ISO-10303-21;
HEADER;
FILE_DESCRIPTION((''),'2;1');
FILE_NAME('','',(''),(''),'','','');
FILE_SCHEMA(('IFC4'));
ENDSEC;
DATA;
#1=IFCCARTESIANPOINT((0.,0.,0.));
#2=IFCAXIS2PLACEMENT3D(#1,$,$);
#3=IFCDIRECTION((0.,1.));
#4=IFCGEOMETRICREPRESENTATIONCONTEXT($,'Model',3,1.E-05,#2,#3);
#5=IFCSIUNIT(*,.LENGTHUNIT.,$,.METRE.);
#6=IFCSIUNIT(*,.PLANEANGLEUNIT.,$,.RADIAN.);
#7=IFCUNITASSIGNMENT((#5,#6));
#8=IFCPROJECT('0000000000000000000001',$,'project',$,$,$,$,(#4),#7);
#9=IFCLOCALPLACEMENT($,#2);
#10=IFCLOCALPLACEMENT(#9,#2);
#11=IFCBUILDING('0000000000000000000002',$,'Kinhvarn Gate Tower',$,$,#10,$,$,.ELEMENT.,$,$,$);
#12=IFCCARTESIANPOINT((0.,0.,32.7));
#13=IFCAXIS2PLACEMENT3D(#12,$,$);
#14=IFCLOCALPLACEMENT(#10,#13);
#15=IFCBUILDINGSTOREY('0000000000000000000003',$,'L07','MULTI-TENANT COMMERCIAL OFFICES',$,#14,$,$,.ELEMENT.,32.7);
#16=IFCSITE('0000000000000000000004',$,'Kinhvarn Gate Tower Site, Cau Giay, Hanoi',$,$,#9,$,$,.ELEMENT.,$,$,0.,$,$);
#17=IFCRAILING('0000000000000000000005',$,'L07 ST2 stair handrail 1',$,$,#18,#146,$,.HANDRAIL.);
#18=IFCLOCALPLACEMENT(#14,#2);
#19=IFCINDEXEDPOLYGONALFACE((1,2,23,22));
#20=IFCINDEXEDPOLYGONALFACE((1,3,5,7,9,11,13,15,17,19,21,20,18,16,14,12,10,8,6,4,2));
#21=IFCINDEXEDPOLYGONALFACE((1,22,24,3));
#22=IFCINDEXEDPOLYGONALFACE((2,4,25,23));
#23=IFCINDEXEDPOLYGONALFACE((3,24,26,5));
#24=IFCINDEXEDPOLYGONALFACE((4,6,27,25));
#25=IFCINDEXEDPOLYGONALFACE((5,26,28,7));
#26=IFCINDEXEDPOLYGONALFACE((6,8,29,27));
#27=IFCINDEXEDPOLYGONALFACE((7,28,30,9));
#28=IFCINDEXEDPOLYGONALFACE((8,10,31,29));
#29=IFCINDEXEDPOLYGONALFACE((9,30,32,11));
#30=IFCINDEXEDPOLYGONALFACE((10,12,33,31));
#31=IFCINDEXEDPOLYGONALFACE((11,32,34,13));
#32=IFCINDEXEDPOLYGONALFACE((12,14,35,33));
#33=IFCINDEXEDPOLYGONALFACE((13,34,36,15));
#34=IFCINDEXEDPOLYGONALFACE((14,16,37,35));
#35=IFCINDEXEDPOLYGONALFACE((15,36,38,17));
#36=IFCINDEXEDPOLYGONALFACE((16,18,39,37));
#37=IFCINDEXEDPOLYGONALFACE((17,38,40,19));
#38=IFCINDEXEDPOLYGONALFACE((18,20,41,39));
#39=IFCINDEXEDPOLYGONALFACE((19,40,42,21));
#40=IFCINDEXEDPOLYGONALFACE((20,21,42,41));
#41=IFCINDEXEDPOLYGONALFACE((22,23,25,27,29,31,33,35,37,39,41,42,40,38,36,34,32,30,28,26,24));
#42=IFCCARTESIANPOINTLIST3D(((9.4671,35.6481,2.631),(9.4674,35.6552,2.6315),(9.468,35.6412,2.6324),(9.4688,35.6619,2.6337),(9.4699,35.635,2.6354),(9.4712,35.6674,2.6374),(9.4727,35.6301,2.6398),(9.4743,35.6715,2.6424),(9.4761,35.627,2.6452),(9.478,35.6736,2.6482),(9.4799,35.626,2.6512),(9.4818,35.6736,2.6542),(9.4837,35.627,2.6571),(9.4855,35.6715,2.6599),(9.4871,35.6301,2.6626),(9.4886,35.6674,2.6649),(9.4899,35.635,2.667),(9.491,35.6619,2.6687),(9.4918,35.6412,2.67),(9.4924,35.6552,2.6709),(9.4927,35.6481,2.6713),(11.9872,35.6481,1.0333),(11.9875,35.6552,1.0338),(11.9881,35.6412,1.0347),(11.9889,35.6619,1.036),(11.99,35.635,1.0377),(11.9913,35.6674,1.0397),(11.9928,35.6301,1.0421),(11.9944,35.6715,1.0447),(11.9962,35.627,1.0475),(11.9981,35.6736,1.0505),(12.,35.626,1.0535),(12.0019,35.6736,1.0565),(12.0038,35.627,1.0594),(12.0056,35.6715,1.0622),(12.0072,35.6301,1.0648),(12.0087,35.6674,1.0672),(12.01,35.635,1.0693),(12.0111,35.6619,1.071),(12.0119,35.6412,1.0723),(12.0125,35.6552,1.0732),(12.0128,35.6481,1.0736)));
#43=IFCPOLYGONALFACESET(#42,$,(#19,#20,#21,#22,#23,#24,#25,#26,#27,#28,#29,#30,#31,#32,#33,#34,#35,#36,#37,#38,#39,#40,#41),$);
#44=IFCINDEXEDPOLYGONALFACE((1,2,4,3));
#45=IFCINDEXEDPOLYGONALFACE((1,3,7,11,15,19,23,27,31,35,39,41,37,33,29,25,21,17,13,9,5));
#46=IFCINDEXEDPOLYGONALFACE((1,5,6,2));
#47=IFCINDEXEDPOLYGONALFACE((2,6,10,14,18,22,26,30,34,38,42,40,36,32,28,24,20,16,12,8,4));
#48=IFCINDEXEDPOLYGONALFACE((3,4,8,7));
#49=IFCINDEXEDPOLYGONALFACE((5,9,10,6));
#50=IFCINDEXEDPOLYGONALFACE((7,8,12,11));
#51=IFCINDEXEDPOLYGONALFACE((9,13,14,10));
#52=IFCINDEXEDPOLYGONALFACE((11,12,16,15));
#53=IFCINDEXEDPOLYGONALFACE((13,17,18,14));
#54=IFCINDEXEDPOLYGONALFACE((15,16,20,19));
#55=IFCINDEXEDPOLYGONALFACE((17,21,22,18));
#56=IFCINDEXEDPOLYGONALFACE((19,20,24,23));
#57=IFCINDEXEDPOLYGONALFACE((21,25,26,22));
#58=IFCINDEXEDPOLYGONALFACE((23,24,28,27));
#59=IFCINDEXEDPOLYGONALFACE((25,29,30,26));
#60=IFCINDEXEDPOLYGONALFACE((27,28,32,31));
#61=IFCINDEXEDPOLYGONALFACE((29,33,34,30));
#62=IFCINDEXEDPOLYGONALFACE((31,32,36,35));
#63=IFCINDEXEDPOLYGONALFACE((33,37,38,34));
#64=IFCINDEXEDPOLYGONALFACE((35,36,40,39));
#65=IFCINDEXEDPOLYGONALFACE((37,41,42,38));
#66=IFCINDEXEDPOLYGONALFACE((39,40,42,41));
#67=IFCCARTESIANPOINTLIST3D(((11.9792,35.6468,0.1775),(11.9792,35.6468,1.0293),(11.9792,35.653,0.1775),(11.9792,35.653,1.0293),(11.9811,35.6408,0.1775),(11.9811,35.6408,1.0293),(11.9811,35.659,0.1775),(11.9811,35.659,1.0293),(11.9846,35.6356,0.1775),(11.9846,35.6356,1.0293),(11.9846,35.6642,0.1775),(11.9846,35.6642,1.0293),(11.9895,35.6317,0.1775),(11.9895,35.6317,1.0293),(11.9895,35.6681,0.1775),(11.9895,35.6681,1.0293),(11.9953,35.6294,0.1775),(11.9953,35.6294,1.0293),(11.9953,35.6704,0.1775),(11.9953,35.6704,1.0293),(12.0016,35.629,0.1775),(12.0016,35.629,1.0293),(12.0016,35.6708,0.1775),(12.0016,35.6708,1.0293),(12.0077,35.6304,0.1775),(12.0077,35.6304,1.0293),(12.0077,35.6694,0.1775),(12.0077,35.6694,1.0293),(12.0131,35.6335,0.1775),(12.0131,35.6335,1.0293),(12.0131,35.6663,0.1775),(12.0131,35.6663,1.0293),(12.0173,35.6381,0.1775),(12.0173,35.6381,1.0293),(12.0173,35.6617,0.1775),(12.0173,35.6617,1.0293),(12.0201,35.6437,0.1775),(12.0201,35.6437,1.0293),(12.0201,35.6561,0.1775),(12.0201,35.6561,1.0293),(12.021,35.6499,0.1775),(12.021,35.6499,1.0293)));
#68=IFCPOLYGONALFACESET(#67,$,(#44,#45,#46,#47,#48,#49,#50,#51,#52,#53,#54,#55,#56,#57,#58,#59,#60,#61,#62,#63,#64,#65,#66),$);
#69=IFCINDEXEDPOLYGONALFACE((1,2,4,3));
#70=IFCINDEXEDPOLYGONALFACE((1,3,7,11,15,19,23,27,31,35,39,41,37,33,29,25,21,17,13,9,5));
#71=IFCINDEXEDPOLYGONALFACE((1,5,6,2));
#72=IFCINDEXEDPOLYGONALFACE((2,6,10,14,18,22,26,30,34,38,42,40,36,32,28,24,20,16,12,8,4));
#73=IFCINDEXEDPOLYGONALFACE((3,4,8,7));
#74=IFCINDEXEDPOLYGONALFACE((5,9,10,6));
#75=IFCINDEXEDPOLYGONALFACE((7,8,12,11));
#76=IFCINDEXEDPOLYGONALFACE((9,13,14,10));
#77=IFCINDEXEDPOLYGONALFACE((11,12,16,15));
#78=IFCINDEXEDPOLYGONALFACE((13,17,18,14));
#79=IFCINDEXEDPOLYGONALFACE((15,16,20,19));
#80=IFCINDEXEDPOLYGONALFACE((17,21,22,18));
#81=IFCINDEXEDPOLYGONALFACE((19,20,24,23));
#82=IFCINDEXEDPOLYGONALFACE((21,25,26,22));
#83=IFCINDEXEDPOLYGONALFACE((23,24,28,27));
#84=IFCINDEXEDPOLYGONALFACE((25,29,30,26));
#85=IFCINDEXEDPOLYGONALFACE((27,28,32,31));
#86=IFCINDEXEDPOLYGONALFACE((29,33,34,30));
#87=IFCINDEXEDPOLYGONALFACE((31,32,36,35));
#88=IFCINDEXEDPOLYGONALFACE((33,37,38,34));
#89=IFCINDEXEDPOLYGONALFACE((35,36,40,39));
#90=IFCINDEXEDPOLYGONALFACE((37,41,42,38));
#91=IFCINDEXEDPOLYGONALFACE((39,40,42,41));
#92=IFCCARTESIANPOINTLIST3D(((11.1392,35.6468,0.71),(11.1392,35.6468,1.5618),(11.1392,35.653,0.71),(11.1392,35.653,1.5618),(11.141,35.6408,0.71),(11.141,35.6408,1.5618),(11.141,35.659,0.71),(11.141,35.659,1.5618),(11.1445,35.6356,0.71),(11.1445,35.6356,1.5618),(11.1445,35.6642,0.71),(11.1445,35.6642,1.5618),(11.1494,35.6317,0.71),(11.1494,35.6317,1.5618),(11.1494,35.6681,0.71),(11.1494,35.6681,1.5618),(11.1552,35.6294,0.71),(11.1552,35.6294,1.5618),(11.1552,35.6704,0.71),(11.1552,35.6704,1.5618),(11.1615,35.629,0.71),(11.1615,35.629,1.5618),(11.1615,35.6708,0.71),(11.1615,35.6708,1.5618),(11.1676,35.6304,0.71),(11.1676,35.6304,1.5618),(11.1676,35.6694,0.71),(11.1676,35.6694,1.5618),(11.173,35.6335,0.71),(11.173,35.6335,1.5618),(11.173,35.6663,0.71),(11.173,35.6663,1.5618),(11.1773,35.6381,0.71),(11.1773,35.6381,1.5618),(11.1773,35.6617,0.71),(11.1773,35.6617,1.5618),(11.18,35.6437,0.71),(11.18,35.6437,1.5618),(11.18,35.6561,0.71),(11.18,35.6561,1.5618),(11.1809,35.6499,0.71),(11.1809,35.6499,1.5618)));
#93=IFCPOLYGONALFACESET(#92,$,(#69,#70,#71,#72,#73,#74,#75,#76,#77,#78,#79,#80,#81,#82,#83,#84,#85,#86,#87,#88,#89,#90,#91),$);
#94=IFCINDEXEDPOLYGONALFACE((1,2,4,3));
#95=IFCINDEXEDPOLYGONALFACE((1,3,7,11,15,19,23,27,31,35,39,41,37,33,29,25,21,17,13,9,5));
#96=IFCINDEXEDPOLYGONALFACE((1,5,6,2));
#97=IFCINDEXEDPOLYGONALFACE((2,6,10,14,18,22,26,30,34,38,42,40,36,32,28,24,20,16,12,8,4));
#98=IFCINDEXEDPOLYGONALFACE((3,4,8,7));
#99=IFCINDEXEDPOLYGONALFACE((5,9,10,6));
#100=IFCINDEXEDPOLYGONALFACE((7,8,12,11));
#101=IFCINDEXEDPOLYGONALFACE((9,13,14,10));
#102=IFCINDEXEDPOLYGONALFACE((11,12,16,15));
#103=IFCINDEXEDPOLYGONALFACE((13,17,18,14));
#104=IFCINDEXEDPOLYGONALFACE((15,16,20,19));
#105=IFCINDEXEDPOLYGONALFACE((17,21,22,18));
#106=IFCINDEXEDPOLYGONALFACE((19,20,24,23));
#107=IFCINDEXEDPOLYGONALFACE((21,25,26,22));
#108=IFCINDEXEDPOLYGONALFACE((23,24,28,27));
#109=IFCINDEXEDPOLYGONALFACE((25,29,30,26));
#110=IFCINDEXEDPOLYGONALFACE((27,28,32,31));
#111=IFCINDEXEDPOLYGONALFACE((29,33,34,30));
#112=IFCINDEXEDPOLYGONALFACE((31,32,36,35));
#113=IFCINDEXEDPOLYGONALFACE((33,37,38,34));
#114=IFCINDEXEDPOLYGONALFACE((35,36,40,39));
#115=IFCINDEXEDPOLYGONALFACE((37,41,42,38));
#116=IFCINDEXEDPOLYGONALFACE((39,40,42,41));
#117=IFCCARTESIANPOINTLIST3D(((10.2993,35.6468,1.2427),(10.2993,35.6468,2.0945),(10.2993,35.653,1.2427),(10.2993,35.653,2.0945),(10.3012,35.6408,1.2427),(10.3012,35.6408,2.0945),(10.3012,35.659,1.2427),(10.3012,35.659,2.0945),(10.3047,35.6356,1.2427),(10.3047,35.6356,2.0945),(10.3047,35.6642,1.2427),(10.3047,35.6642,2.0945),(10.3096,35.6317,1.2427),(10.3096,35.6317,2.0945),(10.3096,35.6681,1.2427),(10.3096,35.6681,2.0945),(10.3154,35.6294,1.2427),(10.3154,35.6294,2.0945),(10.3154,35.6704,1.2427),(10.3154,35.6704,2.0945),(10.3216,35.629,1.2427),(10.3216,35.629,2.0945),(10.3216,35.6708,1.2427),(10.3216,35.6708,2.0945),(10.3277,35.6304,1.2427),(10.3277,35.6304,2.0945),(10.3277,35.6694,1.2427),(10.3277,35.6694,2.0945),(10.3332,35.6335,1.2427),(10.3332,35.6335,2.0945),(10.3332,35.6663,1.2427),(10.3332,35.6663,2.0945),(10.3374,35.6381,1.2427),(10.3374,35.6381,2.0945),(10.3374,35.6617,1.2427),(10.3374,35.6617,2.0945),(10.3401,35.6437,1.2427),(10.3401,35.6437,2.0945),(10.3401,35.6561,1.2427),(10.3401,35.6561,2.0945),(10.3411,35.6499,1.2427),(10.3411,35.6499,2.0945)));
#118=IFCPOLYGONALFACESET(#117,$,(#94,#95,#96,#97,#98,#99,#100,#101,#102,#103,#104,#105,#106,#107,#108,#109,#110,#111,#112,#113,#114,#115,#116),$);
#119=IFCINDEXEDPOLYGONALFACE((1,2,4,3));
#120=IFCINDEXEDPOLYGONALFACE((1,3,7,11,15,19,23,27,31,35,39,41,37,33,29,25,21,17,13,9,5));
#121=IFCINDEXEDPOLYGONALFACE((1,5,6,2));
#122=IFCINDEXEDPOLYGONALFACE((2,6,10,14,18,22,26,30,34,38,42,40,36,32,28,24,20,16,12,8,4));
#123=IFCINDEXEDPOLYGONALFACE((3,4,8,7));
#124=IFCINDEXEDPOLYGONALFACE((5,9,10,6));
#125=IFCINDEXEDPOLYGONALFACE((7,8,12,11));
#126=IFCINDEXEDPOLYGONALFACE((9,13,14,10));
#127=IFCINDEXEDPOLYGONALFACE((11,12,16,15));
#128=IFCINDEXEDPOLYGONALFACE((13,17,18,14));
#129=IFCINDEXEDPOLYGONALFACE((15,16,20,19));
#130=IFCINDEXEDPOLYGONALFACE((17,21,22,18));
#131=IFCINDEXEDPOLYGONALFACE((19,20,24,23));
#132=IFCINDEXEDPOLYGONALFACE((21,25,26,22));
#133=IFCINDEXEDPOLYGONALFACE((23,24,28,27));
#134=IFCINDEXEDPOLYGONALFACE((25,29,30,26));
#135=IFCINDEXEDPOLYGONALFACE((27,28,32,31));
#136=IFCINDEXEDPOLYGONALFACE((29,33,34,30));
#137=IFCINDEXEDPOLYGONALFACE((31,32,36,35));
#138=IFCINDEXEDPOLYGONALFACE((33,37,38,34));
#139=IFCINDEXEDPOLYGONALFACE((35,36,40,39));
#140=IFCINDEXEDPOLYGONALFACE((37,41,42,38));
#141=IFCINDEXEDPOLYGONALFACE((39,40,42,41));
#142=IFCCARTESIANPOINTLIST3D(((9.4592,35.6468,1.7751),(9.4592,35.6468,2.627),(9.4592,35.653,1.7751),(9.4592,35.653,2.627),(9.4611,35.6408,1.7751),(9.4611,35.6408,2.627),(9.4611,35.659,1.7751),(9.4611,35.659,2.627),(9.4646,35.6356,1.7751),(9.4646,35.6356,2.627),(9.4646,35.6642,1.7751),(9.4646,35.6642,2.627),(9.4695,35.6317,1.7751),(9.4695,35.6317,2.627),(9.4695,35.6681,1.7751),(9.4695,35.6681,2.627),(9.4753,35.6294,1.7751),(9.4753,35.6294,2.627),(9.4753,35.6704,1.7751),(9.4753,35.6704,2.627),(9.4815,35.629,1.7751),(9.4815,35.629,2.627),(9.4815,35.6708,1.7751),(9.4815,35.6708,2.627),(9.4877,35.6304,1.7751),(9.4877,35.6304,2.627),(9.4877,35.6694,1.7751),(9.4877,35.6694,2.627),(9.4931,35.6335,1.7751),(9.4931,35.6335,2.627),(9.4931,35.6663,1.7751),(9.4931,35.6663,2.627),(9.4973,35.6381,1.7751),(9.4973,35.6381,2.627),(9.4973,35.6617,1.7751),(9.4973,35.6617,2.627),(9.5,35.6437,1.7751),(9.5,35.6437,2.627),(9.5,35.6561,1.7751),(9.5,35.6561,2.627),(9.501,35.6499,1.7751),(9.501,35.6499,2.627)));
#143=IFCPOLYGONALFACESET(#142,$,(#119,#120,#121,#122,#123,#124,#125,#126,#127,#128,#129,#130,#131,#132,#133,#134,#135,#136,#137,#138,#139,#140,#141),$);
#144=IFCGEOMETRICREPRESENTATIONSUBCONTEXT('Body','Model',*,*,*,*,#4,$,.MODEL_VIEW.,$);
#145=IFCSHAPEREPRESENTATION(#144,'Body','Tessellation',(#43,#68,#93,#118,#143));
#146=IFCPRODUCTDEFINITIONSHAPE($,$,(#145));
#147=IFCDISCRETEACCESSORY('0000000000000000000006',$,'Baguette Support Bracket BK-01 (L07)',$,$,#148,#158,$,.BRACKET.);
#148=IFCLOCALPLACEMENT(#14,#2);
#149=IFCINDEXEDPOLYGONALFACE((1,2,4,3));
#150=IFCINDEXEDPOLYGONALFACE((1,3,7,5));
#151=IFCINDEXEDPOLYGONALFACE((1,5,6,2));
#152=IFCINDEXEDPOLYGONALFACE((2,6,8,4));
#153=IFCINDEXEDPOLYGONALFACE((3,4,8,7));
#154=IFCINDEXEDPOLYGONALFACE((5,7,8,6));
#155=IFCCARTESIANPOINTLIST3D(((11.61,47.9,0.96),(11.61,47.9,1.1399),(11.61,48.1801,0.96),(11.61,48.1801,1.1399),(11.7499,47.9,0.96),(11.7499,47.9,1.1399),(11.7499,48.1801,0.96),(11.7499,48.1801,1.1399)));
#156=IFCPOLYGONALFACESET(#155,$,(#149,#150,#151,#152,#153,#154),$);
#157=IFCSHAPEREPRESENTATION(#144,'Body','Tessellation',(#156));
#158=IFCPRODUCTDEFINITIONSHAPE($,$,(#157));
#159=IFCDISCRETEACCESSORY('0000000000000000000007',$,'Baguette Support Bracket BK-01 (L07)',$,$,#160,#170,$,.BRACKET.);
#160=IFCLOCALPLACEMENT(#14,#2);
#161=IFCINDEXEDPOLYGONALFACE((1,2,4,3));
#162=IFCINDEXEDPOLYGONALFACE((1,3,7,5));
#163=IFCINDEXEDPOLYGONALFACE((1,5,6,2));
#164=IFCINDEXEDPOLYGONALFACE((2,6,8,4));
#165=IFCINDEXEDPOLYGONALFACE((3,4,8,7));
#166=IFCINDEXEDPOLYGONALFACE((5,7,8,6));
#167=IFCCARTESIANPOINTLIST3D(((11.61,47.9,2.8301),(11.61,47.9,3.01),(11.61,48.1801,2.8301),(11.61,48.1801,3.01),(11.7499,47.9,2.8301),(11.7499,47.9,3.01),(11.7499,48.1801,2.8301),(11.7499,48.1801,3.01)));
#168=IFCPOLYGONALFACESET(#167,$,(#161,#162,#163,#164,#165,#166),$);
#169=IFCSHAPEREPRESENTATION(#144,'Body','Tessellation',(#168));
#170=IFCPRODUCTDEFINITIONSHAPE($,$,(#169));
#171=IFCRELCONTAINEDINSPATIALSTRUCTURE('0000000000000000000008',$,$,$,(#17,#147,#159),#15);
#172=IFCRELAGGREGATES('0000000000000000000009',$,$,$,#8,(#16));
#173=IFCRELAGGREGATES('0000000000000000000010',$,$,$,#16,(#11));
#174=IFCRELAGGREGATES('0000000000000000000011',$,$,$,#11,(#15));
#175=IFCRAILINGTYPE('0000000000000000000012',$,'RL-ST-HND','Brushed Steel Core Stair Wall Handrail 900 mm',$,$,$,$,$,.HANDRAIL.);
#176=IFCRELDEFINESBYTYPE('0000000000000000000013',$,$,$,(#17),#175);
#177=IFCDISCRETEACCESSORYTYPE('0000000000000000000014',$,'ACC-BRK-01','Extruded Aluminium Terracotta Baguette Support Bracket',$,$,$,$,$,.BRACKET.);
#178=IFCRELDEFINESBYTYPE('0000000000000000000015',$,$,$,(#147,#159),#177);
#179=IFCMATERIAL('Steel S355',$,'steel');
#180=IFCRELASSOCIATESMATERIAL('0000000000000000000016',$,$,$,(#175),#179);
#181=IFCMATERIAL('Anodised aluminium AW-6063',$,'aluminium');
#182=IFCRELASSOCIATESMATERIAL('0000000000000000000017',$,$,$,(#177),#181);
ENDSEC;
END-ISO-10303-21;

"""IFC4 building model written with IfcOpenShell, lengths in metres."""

from ifc_helpers import new_model, si_unit, direction, frame, origin, origin_2d, place, context, subcontext, project, spatial, rectangle, circle, extrude, material, type_object, element, save


model = new_model("IFC4")

# Units and contexts
model_context = context("Model", 3, precision=1e-05, world=origin(), true_north=direction((0.0, 1.0)))
body_context = subcontext(model_context, "Body", "Model", "MODEL_VIEW")
ifc_project = project(units=[si_unit("LENGTHUNIT", "METRE"), si_unit("PLANEANGLEUNIT", "RADIAN")], contexts=[model_context])

# Site, building, storey
site_placement = place(None, origin())
site = spatial("IfcSite", under=ifc_project, at=site_placement, Name="Kinhvarn Gate Tower Site, Cau Giay, Hanoi", CompositionType="ELEMENT", RefElevation=0.0)
building_placement = place(site_placement, origin())
building = spatial("IfcBuilding", under=site, at=building_placement, Name="Kinhvarn Gate Tower", CompositionType="ELEMENT")
storey_placement = place(building_placement, frame((0.0, 0.0, 32.7)))
storey = spatial("IfcBuildingStorey", under=building, at=storey_placement, Name="L07", Description="MULTI-TENANT COMMERCIAL OFFICES", CompositionType="ELEMENT", Elevation=32.7)

# Shared definitions
ifc_material_1 = material(Name="Anodised aluminium AW-6063", Category="aluminium")

# Shared definitions
ifc_material_2 = material(Name="Steel S355", Category="steel")

# Railing
railing_type_1 = type_object("IfcRailingType", Name="RL-ST-HND", Description="Brushed Steel Core Stair Wall Handrail 900 mm", PredefinedType="HANDRAIL", material=ifc_material_2)
railing_1_placement = place(storey_placement, frame((12.0, 35.6499, 0.1775)))
element("IfcRailing", 1, at=railing_1_placement, inside=storey, type_object=railing_type_1, Name="L07 ST2 stair handrail 1", PredefinedType="HANDRAIL", context=body_context, shape_type="SweptSolid", body=[
    extrude(circle(Radius=0.0239, at=origin_2d()), frame((0.0, 0.0, 0.876), z_axis=(-0.84457, 0.0, 0.535445), x_axis=(0.0, -1.0, 0.0)), (0.0, 0.0, 1.0), 2.9839),
    extrude(circle(Radius=0.021, at=origin_2d()), origin(), (0.0, 0.0, 1.0), 0.8518),
    extrude(circle(Radius=0.021, at=origin_2d()), frame((-0.8401, 0.0, 0.5325)), (0.0, 0.0, 1.0), 0.8518),
    extrude(circle(Radius=0.021, at=origin_2d()), frame((-1.6799, 0.0, 1.0652)), (0.0, 0.0, 1.0), 0.8518),
    extrude(circle(Radius=0.021, at=origin_2d()), frame((-2.52, 0.0, 1.5977)), (0.0, 0.0, 1.0), 0.8518),
])

# Discrete accessories
discrete_accessory_type = type_object("IfcDiscreteAccessoryType", Name="ACC-BRK-01", Description="Extruded Aluminium Terracotta Baguette Support Bracket", PredefinedType="BRACKET", material=ifc_material_1)
for number, where, z_axis, x_axis, name in (
    (2, (11.6799, 48.04, 0.96), (0.0, 0.0, 1.0), (-1.0, 0.0, 0.0), "Baguette Support Bracket BK-01 (L07)"),
    (3, (11.6799, 48.04, 2.8301), (0.0, 0.0, 1.0), (-1.0, 0.0, 0.0), "Baguette Support Bracket BK-01 (L07)"),
):
    element("IfcDiscreteAccessory", number, at=place(storey_placement, frame(where, z_axis=z_axis, x_axis=x_axis)), inside=storey, type_object=discrete_accessory_type, Name=name, PredefinedType="BRACKET", context=body_context, shape_type="SweptSolid", body=[
        extrude(rectangle(XDim=0.1399, YDim=0.28, at=origin_2d()), origin(), (0.0, 0.0, 1.0), 0.1799),
    ])

save(model, "model.ifc")
